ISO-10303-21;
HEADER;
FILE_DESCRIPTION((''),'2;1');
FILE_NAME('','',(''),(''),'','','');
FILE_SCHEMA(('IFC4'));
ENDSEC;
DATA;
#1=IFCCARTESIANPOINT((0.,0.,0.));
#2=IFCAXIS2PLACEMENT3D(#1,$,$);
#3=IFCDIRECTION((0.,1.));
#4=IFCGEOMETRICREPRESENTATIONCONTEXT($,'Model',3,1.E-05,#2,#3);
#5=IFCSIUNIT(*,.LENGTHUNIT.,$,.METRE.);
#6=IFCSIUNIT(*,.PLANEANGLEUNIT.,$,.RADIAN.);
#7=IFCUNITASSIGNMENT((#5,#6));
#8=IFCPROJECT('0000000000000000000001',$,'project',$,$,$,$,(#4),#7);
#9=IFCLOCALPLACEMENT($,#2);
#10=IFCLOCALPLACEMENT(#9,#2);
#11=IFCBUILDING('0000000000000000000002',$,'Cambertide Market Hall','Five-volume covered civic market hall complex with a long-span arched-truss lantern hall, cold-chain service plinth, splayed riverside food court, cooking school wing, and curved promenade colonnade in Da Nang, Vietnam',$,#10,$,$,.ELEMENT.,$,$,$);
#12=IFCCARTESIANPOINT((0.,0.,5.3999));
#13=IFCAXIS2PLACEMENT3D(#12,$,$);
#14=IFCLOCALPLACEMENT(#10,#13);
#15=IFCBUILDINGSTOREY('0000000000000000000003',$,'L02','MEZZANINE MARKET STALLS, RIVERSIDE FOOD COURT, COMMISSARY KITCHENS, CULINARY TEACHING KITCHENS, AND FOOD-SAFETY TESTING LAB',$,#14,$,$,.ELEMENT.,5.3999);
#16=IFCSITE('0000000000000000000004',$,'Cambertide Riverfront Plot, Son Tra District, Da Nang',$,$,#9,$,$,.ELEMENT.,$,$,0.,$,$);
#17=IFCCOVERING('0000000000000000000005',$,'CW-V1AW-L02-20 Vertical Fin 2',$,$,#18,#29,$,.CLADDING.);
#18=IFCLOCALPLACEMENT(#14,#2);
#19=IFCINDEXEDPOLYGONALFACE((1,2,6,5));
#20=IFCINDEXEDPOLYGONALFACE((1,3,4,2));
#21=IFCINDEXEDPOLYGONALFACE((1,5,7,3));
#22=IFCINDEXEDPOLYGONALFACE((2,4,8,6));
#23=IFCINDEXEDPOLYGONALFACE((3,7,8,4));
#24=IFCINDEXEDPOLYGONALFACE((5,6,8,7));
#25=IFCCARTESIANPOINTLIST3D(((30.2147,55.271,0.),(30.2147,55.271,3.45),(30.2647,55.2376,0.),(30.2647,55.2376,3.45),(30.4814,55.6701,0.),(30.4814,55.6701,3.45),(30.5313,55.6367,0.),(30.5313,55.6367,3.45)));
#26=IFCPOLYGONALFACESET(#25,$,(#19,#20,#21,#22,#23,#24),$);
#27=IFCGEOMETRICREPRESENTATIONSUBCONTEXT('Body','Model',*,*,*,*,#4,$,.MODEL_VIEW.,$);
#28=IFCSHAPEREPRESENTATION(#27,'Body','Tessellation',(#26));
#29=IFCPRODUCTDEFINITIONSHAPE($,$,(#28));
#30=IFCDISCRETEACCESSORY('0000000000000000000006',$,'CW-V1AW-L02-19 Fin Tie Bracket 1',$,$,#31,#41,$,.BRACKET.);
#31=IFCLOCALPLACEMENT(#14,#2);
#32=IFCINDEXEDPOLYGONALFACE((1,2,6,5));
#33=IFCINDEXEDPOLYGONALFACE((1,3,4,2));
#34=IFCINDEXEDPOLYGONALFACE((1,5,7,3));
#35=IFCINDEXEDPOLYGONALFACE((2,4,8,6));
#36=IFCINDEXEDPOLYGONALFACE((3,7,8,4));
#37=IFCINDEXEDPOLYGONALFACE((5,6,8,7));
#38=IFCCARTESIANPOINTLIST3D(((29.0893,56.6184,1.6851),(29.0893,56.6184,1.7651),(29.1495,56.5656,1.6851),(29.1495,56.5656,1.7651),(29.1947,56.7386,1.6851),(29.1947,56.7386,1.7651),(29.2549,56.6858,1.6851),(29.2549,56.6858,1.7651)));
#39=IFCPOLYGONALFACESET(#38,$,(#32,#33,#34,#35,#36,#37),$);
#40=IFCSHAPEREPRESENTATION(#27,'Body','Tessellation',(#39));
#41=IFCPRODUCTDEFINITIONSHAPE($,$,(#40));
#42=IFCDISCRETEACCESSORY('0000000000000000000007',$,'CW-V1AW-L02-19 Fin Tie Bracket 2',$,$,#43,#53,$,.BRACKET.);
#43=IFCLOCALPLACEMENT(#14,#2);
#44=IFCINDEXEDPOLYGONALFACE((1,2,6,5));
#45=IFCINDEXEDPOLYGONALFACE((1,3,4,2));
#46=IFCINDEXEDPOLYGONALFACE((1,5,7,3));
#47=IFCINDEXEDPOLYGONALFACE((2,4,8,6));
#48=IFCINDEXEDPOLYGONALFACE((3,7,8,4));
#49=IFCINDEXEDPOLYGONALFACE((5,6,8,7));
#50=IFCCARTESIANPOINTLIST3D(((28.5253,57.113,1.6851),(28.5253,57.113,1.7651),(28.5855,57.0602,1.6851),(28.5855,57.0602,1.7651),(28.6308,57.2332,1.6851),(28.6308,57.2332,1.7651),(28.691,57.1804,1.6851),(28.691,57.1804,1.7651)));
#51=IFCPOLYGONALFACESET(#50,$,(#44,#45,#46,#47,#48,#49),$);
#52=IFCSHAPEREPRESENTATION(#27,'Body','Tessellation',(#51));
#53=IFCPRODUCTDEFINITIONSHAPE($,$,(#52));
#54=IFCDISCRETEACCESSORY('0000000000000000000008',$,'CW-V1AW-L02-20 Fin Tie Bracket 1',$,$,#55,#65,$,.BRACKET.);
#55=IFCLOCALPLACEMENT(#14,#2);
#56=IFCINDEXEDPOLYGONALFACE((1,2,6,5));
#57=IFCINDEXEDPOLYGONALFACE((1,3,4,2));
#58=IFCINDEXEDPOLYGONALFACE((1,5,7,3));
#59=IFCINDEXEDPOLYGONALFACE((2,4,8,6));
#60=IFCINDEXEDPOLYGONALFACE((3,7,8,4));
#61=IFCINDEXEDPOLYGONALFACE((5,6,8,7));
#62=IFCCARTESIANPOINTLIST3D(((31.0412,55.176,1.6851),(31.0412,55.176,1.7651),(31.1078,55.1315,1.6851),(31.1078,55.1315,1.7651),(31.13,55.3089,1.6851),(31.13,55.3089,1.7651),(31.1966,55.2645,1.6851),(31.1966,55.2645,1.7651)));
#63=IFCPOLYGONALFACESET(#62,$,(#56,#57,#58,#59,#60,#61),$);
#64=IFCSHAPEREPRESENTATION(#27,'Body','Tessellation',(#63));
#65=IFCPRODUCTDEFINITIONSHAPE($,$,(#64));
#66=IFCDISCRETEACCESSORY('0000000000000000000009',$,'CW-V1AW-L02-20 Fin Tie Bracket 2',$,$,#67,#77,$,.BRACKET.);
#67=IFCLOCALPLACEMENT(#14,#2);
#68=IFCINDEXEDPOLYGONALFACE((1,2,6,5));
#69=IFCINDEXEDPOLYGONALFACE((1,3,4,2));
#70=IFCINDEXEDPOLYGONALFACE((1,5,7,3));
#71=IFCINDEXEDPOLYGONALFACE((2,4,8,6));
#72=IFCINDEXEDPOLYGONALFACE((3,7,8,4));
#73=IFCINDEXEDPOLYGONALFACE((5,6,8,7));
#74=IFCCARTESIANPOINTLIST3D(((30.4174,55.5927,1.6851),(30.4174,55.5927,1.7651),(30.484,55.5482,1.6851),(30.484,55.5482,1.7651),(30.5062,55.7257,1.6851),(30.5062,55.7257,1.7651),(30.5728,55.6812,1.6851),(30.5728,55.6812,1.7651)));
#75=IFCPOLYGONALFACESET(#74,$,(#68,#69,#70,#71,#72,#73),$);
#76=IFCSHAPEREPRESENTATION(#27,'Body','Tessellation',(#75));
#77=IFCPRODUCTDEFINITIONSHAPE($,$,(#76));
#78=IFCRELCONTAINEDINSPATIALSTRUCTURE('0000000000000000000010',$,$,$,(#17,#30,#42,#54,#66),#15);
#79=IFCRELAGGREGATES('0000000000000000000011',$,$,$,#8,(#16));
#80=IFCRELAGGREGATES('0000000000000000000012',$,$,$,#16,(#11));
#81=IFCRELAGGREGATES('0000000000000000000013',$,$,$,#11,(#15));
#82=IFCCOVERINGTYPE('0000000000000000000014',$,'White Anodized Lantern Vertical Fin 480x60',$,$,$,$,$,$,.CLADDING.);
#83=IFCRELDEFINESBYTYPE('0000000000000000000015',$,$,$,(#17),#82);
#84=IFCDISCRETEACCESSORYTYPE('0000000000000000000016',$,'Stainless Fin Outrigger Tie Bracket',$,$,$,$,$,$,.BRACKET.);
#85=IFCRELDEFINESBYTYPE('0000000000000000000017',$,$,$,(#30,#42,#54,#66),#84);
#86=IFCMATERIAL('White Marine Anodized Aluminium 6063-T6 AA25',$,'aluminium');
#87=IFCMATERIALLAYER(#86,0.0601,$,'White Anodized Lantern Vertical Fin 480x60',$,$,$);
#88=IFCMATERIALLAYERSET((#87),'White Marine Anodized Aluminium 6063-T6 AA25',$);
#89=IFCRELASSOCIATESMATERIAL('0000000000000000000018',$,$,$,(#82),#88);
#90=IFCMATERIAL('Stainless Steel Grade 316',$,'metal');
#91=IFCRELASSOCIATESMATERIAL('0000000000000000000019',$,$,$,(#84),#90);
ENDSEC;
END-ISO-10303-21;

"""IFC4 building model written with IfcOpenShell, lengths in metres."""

from ifc_helpers import new_model, si_unit, direction, frame, origin, origin_2d, place, context, subcontext, project, spatial, rectangle, extrude, material, layer, layer_set, type_object, element, save


model = new_model("IFC4")

# Units and contexts
model_context = context("Model", 3, precision=1e-05, world=origin(), true_north=direction((0.0, 1.0)))
body_context = subcontext(model_context, "Body", "Model", "MODEL_VIEW")
ifc_project = project(units=[si_unit("LENGTHUNIT", "METRE"), si_unit("PLANEANGLEUNIT", "RADIAN")], contexts=[model_context])

# Site, building, storey
site_placement = place(None, origin())
site = spatial("IfcSite", under=ifc_project, at=site_placement, Name="Cambertide Riverfront Plot, Son Tra District, Da Nang", CompositionType="ELEMENT", RefElevation=0.0)
building_placement = place(site_placement, origin())
building = spatial("IfcBuilding", under=site, at=building_placement, Name="Cambertide Market Hall", Description="Five-volume covered civic market hall complex with a long-span arched-truss lantern hall, cold-chain service plinth, splayed riverside food court, cooking school wing, and curved promenade colonnade in Da Nang, Vietnam", CompositionType="ELEMENT")
storey_placement = place(building_placement, frame((0.0, 0.0, 5.3999)))
storey = spatial("IfcBuildingStorey", under=building, at=storey_placement, Name="L02", Description="MEZZANINE MARKET STALLS, RIVERSIDE FOOD COURT, COMMISSARY KITCHENS, CULINARY TEACHING KITCHENS, AND FOOD-SAFETY TESTING LAB", CompositionType="ELEMENT", Elevation=5.3999)

# Covering
ifc_material_1 = material(Name="White Marine Anodized Aluminium 6063-T6 AA25", Category="aluminium")
ifc_layer_1 = layer(ifc_material_1, 0.0601, Name="White Anodized Lantern Vertical Fin 480x60")
ifc_layer_set_1 = layer_set([ifc_layer_1], Name="White Marine Anodized Aluminium 6063-T6 AA25")
covering_type = type_object("IfcCoveringType", Name="White Anodized Lantern Vertical Fin 480x60", PredefinedType="CLADDING", material=ifc_layer_set_1)
for number, where, z_axis, x_axis, name in (
    (1, (30.373, 55.4539, 0.0), (0.0, 0.0, 1.0), (-0.83147, 0.55557, 0.0), "CW-V1AW-L02-20 Vertical Fin 2"),
):
    element("IfcCovering", number, at=place(storey_placement, frame(where, z_axis=z_axis, x_axis=x_axis)), inside=storey, type_object=covering_type, Name=name, PredefinedType="CLADDING", context=body_context, shape_type="SweptSolid", body=[
        extrude(rectangle(XDim=0.0601, YDim=0.48, at=origin_2d()), origin(), (0.0, 0.0, 1.0), 3.45),
    ])

# Discrete accessories
ifc_material_2 = material(Name="Stainless Steel Grade 316", Category="metal")
discrete_accessory_type = type_object("IfcDiscreteAccessoryType", Name="Stainless Fin Outrigger Tie Bracket", PredefinedType="BRACKET", material=ifc_material_2)
for number, where, z_axis, x_axis, name in (
    (2, (29.1721, 56.6521, 1.6851), (0.0, 0.0, 1.0), (-0.75184, 0.659346, 0.0), "CW-V1AW-L02-19 Fin Tie Bracket 1"),
    (3, (28.6082, 57.1467, 1.6851), (0.0, 0.0, 1.0), (-0.75184, 0.659346, 0.0), "CW-V1AW-L02-19 Fin Tie Bracket 2"),
    (4, (31.1189, 55.2202, 1.6851), (0.0, 0.0, 1.0), (-0.83147, 0.55557, 0.0), "CW-V1AW-L02-20 Fin Tie Bracket 1"),
    (5, (30.4951, 55.637, 1.6851), (0.0, 0.0, 1.0), (-0.83147, 0.55557, 0.0), "CW-V1AW-L02-20 Fin Tie Bracket 2"),
):
    element("IfcDiscreteAccessory", number, at=place(storey_placement, frame(where, z_axis=z_axis, x_axis=x_axis)), inside=storey, type_object=discrete_accessory_type, Name=name, PredefinedType="BRACKET", context=body_context, shape_type="SweptSolid", body=[
        extrude(rectangle(XDim=0.0801, YDim=0.1599, at=origin_2d()), origin(), (0.0, 0.0, 1.0), 0.0801),
    ])

save(model, "model.ifc")
